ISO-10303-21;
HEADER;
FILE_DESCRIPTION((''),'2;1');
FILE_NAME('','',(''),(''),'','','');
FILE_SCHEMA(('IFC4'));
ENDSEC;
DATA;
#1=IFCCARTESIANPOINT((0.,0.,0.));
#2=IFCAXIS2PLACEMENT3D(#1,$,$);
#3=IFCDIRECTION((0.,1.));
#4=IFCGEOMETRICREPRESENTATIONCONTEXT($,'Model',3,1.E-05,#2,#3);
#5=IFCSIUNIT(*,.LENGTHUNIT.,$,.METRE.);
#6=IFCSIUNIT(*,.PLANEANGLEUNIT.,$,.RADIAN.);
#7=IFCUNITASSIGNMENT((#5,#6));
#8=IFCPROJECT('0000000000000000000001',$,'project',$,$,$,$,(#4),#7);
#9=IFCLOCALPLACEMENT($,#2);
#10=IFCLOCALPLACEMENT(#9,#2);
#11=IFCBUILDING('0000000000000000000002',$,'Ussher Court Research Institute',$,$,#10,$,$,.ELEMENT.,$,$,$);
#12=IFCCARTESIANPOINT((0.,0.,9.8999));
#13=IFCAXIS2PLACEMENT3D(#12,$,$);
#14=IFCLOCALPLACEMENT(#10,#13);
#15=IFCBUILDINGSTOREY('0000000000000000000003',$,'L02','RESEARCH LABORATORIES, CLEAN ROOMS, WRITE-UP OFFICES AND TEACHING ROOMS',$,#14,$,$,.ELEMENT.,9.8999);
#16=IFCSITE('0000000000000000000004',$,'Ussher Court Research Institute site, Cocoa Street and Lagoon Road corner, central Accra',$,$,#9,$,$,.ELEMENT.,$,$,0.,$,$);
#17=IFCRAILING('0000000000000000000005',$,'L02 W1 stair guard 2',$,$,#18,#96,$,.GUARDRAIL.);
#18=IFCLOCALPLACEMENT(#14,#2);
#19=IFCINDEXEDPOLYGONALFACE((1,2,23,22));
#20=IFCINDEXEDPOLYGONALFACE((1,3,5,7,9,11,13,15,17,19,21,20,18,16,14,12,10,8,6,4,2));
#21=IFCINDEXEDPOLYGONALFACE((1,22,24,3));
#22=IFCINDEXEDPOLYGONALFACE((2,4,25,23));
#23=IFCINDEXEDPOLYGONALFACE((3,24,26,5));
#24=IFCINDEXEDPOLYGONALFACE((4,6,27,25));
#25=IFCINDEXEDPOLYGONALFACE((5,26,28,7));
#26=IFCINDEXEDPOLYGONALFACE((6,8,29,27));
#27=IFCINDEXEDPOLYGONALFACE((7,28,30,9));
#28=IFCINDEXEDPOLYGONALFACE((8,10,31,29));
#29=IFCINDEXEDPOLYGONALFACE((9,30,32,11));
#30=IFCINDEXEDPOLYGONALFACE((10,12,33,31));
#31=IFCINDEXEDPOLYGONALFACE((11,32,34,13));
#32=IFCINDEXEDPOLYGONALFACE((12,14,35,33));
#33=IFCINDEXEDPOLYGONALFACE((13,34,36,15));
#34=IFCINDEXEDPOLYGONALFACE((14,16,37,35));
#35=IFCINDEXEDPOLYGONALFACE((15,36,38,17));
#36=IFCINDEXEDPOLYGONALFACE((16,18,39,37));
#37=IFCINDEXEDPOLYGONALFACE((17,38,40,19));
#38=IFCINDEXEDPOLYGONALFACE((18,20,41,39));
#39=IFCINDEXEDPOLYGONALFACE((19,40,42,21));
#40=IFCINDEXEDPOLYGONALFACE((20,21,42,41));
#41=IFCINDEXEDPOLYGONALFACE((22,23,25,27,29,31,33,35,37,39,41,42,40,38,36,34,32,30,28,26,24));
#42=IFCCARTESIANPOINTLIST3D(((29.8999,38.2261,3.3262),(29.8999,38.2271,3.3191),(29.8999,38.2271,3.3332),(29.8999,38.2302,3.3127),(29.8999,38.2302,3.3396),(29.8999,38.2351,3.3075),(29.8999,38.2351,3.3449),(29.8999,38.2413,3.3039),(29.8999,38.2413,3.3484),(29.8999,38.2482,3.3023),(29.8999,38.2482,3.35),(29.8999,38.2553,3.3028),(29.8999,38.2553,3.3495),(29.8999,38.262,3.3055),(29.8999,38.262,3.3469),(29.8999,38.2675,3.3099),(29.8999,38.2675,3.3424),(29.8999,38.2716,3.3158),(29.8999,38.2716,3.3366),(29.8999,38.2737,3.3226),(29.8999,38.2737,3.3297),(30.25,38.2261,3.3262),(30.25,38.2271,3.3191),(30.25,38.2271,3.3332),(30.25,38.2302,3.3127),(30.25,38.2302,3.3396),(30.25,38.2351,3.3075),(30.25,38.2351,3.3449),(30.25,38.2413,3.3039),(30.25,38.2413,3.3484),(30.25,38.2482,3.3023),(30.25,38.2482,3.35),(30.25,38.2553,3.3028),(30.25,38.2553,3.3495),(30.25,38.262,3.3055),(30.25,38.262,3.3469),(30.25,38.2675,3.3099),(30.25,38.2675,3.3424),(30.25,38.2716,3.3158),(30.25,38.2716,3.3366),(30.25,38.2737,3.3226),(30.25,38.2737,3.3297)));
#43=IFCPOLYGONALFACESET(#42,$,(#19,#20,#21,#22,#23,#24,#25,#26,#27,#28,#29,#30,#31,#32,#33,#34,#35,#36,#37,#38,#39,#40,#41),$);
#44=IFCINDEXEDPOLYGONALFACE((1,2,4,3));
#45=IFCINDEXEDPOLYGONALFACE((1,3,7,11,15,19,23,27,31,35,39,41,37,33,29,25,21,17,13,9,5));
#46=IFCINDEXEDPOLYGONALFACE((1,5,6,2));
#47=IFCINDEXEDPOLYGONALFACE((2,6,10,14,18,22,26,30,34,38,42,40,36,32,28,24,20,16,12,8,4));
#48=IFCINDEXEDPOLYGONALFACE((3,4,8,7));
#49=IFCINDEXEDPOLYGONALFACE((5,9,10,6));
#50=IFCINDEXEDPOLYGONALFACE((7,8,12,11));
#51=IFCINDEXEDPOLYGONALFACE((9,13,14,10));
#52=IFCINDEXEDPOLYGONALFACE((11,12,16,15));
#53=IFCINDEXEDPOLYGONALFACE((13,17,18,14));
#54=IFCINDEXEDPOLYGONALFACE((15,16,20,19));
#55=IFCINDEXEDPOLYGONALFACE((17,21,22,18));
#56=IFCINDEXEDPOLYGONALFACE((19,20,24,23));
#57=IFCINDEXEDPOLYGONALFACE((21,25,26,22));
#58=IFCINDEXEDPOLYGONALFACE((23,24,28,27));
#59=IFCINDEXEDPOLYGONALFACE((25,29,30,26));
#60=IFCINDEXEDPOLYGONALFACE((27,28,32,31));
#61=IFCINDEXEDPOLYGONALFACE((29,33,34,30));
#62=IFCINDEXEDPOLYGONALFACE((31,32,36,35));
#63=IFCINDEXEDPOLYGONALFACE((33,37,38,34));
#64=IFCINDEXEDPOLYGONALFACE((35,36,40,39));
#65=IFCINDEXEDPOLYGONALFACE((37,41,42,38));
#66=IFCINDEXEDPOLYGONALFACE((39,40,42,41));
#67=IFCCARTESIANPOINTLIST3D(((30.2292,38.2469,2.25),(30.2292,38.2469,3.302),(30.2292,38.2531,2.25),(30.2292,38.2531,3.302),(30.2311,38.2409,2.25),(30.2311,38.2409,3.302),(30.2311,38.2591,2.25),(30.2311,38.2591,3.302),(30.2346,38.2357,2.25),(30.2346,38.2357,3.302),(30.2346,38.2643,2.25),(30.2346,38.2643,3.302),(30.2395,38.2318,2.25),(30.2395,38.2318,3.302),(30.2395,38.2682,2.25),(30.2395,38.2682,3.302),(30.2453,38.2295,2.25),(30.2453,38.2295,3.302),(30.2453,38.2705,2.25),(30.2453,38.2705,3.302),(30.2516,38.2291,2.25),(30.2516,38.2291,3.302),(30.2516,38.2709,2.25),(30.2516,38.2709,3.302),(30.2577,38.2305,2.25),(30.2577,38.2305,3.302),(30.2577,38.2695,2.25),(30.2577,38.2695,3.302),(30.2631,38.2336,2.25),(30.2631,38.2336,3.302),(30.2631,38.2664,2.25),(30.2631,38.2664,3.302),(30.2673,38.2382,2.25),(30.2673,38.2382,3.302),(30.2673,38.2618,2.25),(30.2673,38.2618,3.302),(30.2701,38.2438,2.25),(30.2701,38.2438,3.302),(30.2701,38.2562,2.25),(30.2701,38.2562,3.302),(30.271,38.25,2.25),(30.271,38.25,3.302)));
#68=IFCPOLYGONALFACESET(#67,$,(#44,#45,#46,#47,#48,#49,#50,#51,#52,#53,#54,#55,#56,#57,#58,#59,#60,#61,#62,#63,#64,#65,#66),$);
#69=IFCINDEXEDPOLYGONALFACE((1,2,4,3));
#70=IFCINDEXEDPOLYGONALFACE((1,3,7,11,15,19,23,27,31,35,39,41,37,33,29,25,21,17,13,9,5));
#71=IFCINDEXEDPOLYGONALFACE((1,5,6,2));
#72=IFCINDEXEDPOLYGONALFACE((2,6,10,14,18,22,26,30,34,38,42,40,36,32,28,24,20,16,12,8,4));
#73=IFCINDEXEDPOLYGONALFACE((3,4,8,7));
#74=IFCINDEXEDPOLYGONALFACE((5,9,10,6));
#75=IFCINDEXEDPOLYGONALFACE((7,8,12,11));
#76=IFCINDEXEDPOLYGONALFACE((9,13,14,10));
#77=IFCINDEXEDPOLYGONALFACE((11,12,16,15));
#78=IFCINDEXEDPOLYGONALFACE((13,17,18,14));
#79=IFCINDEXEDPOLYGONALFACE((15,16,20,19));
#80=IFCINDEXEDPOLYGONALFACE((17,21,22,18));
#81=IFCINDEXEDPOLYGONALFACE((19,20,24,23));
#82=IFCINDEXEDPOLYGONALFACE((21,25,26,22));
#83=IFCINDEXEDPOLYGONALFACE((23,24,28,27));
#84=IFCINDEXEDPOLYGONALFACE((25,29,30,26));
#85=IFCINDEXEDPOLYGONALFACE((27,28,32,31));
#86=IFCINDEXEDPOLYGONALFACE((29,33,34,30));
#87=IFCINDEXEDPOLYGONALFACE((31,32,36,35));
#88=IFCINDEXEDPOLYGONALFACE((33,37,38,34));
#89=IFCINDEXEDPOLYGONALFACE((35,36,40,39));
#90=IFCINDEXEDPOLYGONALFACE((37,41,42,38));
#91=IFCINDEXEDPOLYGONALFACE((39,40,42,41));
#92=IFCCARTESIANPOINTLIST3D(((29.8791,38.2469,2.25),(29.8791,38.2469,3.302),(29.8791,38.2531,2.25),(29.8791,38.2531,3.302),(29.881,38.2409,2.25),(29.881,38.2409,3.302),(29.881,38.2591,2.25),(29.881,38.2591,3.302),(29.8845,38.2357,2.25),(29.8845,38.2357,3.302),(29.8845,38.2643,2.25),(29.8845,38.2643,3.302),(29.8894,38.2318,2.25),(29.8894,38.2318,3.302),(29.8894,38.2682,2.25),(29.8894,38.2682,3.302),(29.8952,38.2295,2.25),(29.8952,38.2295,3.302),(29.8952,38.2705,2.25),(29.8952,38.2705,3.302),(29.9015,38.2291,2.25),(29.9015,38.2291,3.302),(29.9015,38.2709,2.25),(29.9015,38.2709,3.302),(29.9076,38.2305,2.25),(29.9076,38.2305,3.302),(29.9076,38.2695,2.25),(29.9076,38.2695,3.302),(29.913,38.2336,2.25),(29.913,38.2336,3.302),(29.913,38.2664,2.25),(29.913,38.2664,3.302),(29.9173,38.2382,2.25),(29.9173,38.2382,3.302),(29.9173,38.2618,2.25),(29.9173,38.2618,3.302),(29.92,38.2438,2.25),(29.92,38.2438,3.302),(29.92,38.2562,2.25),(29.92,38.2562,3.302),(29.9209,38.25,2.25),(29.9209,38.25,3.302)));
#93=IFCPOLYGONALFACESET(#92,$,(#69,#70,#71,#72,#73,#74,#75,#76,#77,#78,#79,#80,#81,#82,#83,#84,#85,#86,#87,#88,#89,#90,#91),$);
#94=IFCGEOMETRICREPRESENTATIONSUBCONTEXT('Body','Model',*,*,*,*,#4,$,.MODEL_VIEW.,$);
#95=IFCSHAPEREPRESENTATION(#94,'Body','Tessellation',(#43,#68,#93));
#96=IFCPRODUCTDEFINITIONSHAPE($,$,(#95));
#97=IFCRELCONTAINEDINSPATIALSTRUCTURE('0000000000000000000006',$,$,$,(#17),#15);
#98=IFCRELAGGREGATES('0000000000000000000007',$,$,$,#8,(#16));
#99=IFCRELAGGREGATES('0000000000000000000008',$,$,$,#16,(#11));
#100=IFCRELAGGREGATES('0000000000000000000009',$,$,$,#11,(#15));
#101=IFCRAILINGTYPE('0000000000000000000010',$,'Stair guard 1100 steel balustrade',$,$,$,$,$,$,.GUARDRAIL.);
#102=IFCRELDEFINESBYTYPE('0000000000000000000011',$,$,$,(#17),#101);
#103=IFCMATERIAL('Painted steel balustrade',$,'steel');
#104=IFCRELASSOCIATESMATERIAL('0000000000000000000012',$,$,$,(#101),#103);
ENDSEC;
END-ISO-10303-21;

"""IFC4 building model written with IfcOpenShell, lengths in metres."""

from ifc_helpers import new_model, si_unit, direction, frame, origin, origin_2d, place, context, subcontext, project, spatial, circle, extrude, material, type_object, element, save


model = new_model("IFC4")

# Units and contexts
model_context = context("Model", 3, precision=1e-05, world=origin(), true_north=direction((0.0, 1.0)))
body_context = subcontext(model_context, "Body", "Model", "MODEL_VIEW")
ifc_project = project(units=[si_unit("LENGTHUNIT", "METRE"), si_unit("PLANEANGLEUNIT", "RADIAN")], contexts=[model_context])

# Site, building, storey
site_placement = place(None, origin())
site = spatial("IfcSite", under=ifc_project, at=site_placement, Name="Ussher Court Research Institute site, Cocoa Street and Lagoon Road corner, central Accra", CompositionType="ELEMENT", RefElevation=0.0)
building_placement = place(site_placement, origin())
building = spatial("IfcBuilding", under=site, at=building_placement, Name="Ussher Court Research Institute", CompositionType="ELEMENT")
storey_placement = place(building_placement, frame((0.0, 0.0, 9.8999)))
storey = spatial("IfcBuildingStorey", under=building, at=storey_placement, Name="L02", Description="RESEARCH LABORATORIES, CLEAN ROOMS, WRITE-UP OFFICES AND TEACHING ROOMS", CompositionType="ELEMENT", Elevation=9.8999)

# Railing
ifc_material_1 = material(Name="Painted steel balustrade", Category="steel")
railing_type_1 = type_object("IfcRailingType", Name="Stair guard 1100 steel balustrade", PredefinedType="GUARDRAIL", material=ifc_material_1)
railing_1_placement = place(storey_placement, frame((30.25, 38.25, 2.25)))
element("IfcRailing", 1, at=railing_1_placement, inside=storey, type_object=railing_type_1, Name="L02 W1 stair guard 2", PredefinedType="GUARDRAIL", context=body_context, shape_type="SweptSolid", body=[
    extrude(circle(Radius=0.0239, at=origin_2d()), frame((0.0, 0.0, 1.0762), z_axis=(-1.0, 0.0, 0.0), x_axis=(0.0, -1.0, 0.0)), (0.0, 0.0, 1.0), 0.3501),
    extrude(circle(Radius=0.021, at=origin_2d()), origin(), (0.0, 0.0, 1.0), 1.052),
    extrude(circle(Radius=0.021, at=origin_2d()), frame((-0.3501, 0.0, 0.0)), (0.0, 0.0, 1.0), 1.052),
])

save(model, "model.ifc")
